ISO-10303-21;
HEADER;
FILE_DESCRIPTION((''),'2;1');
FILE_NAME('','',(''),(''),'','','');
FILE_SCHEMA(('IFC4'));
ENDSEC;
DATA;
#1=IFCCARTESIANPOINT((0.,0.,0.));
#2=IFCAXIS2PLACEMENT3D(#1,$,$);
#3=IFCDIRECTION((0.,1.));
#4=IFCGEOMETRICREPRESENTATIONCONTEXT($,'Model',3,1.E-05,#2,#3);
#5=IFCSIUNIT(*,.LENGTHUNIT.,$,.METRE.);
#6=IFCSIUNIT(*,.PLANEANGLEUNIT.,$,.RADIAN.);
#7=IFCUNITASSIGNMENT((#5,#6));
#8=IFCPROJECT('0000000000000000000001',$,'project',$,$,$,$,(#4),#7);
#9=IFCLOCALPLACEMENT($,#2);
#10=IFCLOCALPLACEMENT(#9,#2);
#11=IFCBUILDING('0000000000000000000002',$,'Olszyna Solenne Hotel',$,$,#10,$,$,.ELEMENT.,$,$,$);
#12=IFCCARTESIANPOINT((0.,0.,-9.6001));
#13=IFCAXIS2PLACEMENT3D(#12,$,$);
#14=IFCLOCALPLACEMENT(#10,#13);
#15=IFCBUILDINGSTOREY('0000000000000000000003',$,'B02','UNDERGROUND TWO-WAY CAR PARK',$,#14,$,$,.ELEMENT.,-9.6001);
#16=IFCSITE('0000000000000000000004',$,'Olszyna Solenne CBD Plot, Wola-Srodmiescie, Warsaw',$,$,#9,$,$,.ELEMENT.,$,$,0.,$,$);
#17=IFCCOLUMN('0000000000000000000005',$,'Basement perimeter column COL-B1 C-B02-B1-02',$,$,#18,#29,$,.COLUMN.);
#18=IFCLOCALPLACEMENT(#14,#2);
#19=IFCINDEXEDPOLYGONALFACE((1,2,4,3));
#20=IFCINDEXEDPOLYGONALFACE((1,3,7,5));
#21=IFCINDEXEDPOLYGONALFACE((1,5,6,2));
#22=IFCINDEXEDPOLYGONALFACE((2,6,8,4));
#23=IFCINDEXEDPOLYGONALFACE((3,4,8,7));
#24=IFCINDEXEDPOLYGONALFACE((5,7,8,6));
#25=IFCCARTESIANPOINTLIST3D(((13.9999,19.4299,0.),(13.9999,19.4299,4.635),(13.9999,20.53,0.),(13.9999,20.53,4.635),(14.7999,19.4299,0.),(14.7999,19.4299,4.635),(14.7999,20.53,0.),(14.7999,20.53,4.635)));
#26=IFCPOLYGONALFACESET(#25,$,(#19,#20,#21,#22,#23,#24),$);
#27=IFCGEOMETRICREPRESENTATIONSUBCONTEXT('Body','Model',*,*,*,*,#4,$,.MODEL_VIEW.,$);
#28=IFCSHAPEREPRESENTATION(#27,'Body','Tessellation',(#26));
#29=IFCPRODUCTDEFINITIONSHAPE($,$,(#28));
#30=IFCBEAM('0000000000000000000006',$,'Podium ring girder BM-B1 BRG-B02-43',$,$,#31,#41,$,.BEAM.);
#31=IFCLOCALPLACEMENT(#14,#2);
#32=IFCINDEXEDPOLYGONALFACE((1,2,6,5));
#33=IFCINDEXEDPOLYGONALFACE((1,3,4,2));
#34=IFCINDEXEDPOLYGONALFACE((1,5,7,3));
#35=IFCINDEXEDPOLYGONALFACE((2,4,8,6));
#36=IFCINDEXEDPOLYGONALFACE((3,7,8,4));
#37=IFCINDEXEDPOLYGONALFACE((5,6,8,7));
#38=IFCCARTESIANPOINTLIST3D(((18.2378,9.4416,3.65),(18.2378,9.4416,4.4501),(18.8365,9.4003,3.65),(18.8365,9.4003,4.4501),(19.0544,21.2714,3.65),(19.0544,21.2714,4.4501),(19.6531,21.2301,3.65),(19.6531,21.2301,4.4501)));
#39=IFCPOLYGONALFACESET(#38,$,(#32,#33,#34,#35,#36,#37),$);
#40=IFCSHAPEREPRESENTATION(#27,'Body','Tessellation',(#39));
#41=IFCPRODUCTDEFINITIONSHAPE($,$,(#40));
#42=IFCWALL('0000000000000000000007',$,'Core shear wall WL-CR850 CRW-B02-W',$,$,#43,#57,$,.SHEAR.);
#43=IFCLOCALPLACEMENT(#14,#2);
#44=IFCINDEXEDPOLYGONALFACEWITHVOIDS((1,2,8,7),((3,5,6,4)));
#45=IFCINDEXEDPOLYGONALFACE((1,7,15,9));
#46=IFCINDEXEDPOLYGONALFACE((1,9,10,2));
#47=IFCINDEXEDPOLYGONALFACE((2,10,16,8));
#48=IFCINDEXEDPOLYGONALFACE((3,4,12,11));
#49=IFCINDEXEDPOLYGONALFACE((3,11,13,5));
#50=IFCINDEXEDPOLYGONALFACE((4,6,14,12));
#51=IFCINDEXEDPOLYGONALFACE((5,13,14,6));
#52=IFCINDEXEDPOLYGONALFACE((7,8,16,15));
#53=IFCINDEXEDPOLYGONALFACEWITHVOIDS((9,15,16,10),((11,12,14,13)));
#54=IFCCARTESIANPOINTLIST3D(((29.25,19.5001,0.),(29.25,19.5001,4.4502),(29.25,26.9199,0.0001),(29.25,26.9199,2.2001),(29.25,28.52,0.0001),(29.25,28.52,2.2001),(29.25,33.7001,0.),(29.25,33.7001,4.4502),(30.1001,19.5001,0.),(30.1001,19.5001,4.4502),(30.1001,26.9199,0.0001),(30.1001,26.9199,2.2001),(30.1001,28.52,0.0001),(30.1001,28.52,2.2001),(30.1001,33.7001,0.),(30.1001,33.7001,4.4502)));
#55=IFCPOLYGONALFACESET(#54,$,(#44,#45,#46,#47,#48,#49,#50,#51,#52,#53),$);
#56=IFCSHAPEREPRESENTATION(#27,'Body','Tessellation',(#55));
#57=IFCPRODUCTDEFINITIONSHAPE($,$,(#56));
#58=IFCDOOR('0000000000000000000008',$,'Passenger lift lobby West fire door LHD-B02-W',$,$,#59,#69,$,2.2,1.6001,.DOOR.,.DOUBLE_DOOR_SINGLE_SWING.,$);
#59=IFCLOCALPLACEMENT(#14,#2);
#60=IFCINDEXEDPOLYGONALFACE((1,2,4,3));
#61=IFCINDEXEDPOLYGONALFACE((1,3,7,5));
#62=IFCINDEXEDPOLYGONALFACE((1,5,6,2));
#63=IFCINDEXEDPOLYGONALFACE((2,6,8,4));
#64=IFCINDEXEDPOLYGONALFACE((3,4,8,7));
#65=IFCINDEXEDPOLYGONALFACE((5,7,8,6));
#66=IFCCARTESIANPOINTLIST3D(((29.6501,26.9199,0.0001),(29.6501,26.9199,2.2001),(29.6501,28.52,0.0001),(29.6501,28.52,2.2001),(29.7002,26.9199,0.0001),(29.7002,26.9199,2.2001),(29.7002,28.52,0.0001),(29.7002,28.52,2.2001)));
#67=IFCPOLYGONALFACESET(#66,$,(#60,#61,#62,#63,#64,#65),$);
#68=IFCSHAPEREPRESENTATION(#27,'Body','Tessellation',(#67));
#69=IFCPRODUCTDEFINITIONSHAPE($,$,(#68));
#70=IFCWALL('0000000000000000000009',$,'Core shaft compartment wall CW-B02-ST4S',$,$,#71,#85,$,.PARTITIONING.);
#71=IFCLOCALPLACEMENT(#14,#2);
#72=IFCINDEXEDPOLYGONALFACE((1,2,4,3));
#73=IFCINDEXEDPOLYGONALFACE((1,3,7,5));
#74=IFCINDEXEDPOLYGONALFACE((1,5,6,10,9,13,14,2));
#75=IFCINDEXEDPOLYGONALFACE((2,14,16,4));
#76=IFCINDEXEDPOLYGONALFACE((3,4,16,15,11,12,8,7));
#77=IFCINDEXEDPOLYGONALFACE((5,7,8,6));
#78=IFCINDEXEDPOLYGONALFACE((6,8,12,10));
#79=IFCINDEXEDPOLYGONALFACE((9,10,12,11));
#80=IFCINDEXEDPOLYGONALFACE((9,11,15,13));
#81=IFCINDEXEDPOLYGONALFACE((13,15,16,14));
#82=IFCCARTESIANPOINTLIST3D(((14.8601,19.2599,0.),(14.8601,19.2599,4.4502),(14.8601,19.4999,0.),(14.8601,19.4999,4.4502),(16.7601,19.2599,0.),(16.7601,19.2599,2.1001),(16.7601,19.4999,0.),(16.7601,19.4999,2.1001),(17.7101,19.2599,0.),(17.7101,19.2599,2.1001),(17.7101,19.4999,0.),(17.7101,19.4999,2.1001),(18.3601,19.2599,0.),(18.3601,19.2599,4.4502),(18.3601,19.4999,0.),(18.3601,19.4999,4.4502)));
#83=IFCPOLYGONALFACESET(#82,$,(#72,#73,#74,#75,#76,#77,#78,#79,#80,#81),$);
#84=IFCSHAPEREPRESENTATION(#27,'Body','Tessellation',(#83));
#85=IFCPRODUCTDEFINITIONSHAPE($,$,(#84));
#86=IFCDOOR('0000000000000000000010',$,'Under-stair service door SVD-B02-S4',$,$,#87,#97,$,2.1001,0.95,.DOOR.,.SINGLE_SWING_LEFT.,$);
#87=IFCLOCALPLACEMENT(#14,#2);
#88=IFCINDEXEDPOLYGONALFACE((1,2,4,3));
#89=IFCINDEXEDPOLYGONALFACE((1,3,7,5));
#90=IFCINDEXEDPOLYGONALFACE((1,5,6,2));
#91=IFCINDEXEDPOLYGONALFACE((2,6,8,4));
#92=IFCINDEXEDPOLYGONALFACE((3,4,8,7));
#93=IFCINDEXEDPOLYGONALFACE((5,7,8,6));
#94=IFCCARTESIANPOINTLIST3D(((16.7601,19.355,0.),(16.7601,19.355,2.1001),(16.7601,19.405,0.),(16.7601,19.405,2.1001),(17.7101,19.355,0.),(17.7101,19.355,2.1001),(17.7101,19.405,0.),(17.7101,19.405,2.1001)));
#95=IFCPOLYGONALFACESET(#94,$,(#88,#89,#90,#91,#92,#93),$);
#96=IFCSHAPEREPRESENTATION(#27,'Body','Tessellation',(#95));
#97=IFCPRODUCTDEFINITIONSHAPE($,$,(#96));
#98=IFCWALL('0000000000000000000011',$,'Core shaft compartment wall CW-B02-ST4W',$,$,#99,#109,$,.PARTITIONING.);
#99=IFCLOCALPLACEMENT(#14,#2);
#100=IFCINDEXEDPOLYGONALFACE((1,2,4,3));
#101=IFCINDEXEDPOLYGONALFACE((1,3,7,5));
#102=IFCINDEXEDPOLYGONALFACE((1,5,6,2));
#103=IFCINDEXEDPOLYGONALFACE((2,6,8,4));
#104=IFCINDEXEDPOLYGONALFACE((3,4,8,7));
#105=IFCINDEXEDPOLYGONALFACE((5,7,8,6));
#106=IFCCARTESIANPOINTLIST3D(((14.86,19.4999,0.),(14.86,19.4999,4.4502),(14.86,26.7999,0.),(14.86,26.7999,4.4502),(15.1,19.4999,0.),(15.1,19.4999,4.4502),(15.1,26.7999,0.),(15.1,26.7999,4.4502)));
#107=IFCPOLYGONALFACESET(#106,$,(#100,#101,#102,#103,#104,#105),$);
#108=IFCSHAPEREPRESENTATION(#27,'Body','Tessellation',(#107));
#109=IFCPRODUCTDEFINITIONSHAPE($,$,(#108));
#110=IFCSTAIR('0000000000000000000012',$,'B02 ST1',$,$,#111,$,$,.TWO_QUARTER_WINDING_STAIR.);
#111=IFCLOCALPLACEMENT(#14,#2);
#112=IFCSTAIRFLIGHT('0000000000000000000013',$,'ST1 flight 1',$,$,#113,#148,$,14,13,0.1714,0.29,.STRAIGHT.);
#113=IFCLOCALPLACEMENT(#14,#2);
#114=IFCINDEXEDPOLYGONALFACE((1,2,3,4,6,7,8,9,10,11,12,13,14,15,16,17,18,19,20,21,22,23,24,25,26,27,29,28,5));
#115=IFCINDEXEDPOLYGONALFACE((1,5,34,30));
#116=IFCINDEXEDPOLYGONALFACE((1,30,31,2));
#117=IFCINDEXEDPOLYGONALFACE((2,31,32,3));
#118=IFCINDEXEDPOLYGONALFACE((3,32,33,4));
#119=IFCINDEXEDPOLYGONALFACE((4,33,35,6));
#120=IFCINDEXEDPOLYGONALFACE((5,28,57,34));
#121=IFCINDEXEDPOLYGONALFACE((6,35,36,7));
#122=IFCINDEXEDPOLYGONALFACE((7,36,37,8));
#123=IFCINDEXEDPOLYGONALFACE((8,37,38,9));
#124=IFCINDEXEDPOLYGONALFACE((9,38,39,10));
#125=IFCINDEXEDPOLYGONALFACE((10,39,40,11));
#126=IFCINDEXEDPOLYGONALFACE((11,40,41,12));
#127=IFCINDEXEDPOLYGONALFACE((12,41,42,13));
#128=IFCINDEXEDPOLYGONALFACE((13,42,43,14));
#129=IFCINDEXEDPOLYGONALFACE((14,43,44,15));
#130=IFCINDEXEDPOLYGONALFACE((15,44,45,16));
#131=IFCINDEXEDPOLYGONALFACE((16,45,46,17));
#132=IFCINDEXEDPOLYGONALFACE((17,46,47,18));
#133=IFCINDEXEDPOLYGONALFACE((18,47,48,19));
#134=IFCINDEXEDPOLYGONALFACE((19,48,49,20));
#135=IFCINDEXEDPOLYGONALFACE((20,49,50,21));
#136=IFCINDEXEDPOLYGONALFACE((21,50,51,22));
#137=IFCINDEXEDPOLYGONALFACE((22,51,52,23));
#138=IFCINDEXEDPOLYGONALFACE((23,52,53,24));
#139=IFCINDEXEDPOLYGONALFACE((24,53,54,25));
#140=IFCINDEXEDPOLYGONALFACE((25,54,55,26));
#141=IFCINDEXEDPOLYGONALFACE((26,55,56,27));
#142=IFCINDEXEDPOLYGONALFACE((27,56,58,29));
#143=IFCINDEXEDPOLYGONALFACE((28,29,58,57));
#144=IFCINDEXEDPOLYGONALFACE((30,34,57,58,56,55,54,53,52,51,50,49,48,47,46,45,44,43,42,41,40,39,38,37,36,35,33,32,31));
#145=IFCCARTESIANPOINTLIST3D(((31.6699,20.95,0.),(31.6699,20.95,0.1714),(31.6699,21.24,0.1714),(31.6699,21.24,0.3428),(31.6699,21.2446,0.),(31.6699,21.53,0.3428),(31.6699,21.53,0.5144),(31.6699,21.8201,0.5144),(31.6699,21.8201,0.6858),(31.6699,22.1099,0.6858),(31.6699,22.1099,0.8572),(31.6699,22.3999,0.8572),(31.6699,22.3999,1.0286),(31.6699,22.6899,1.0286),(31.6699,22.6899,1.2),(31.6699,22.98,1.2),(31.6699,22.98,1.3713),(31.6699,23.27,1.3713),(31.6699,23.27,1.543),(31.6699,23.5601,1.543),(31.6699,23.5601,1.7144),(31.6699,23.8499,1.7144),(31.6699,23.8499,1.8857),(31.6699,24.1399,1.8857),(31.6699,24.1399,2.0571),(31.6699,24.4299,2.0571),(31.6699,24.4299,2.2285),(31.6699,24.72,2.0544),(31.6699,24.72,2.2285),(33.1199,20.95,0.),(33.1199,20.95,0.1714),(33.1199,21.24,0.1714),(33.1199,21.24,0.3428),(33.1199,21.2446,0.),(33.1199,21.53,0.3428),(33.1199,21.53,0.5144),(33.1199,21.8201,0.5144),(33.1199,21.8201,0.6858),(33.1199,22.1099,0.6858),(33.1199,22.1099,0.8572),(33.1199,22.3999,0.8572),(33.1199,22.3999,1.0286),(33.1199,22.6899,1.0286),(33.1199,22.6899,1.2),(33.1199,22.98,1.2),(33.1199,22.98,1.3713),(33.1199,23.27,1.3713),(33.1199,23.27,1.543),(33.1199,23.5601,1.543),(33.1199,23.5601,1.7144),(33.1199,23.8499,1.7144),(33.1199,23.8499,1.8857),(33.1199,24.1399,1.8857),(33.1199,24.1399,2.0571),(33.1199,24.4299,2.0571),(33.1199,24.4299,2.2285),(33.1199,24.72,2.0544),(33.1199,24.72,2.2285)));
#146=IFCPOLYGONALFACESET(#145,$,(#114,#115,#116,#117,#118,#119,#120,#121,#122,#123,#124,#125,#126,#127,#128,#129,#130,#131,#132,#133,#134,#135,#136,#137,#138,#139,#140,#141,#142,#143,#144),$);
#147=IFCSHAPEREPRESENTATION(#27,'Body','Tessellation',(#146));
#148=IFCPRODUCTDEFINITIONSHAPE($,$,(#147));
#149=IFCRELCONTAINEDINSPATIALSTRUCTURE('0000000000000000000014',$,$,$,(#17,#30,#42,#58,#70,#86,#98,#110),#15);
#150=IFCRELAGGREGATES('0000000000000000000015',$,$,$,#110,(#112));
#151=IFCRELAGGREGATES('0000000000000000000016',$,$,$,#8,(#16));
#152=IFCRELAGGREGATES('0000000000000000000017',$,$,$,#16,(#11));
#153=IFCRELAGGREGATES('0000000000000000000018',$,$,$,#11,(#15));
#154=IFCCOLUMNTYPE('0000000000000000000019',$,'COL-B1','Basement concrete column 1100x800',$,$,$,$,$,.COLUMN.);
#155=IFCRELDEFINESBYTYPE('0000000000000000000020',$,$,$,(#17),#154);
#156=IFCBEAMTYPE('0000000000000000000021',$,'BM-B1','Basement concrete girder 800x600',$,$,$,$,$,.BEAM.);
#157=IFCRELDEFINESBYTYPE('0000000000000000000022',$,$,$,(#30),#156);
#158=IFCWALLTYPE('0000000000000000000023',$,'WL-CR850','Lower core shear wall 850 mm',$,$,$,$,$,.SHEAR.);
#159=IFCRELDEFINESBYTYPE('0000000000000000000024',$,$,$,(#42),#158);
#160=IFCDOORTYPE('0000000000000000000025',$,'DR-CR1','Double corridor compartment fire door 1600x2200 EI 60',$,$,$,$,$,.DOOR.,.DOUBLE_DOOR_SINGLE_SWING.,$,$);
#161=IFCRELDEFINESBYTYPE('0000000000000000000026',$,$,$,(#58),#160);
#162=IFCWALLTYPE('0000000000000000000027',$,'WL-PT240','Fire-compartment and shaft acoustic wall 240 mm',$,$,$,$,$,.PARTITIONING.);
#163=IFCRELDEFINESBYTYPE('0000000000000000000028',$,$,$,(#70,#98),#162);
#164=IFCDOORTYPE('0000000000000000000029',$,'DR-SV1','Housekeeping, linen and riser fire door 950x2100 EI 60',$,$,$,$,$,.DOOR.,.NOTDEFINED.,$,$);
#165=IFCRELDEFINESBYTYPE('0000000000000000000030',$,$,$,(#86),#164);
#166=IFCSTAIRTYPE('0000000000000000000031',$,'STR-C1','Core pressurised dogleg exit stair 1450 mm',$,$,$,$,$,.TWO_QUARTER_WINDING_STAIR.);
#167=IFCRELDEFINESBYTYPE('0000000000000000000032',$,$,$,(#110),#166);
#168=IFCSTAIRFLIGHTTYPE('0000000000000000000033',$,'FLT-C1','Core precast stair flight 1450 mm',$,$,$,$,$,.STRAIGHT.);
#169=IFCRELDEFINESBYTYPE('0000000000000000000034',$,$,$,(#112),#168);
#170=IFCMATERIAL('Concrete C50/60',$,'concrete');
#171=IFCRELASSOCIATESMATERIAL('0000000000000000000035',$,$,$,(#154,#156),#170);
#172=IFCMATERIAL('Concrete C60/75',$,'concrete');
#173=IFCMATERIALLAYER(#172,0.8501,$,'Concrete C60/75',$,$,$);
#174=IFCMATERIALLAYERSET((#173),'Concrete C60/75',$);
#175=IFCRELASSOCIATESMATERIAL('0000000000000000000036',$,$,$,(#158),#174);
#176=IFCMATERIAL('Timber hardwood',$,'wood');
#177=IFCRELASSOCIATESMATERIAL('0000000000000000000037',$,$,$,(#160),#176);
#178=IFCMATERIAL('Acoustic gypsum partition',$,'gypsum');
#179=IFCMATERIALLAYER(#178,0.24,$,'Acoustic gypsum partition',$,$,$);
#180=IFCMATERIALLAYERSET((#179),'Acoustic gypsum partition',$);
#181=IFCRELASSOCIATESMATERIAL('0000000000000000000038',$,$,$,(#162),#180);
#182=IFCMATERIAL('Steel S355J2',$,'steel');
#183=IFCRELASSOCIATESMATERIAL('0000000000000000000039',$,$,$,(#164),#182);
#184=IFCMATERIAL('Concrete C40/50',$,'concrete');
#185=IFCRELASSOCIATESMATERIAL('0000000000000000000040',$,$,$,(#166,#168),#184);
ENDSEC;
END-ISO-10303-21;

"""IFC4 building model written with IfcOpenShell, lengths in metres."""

from ifc_helpers import new_model, si_unit, direction, frame, frame_2d, origin, origin_2d, place, context, subcontext, project, spatial, polyline, rectangle, outline, extrude, source, transform, mapped, material, layer, layer_set, material_profile, profile_set, type_object, type_shapes, element, fill, aggregate, save


model = new_model("IFC4")

# Units and contexts
model_context = context("Model", 3, precision=1e-05, world=origin(), true_north=direction((0.0, 1.0)))
body_context = subcontext(model_context, "Body", "Model", "MODEL_VIEW")
ifc_project = project(units=[si_unit("LENGTHUNIT", "METRE"), si_unit("PLANEANGLEUNIT", "RADIAN")], contexts=[model_context])

# Site, building, storey
site_placement = place(None, origin())
site = spatial("IfcSite", under=ifc_project, at=site_placement, Name="Olszyna Solenne CBD Plot, Wola-Srodmiescie, Warsaw", CompositionType="ELEMENT", RefElevation=0.0)
building_placement = place(site_placement, origin())
building = spatial("IfcBuilding", under=site, at=building_placement, Name="Olszyna Solenne Hotel", CompositionType="ELEMENT")
storey_placement = place(building_placement, frame((0.0, 0.0, -9.6001)))
storey = spatial("IfcBuildingStorey", under=building, at=storey_placement, Name="B02", Description="UNDERGROUND TWO-WAY CAR PARK", CompositionType="ELEMENT", Elevation=-9.6001)

# Shared definitions
ifc_material_1 = material(Name="Concrete C40/50", Category="concrete")

# Column
ifc_material_2 = material(Name="Concrete C50/60", Category="concrete")
ifc_material_profile_1 = material_profile(ifc_material_2, rectangle(XDim=0.8, YDim=1.1001, at=origin_2d()), Name="RC 1100x800", Category="load-bearing")
ifc_profile_set_1 = profile_set([ifc_material_profile_1], Name="Concrete C50/60")
column_type_1 = type_object("IfcColumnType", Name="COL-B1", Description="Basement concrete column 1100x800", PredefinedType="COLUMN", material=ifc_profile_set_1)
shared_shape_1 = source(origin(), body_context, "Body", "SweptSolid", [
    extrude(rectangle(XDim=0.8, YDim=1.1001, at=origin_2d()), origin(), (0.0, 0.0, 1.0), 4.635),
])
column_1_placement = place(storey_placement, frame((14.3999, 19.98, 0.0), z_axis=(0.0, 0.0, 1.0), x_axis=(1.0, 0.0, 0.0)))
element("IfcColumn", 1, at=column_1_placement, inside=storey, type_object=column_type_1, Name="Basement perimeter column COL-B1 C-B02-B1-02", PredefinedType="COLUMN", context=body_context, shape_type="MappedRepresentation", body=[
    mapped(shared_shape_1, transform((0.0, 0.0, 0.0), x_axis=(1.0, 0.0, 0.0), y_axis=(0.0, 1.0, 0.0), z_axis=(0.0, 0.0, 1.0), scale=1.0)),
])

# Beam
ifc_material_profile_2 = material_profile(ifc_material_2, rectangle(XDim=0.6001, YDim=0.8, at=origin_2d()), Name="RC 800x600", Category="load-bearing")
ifc_profile_set_2 = profile_set([ifc_material_profile_2], Name="Concrete C50/60")
beam_type = type_object("IfcBeamType", Name="BM-B1", Description="Basement concrete girder 800x600", PredefinedType="BEAM", material=ifc_profile_set_2)
shared_shape_2 = source(origin(), body_context, "Body", "SweptSolid", [
    extrude(rectangle(XDim=0.6001, YDim=0.8, at=origin_2d()), origin(), (0.0, 0.0, 1.0), 11.8579),
])
beam_placement = place(storey_placement, frame((19.3538, 21.2507, 4.05), z_axis=(-0.068869, -0.997626, 0.0), x_axis=(0.997626, -0.068869, 0.0)))
element("IfcBeam", 2, at=beam_placement, inside=storey, type_object=beam_type, Name="Podium ring girder BM-B1 BRG-B02-43", PredefinedType="BEAM", context=body_context, shape_type="MappedRepresentation", body=[
    mapped(shared_shape_2, transform((0.0, 0.0, 0.0), x_axis=(1.0, 0.0, 0.0), y_axis=(0.0, 1.0, 0.0), z_axis=(0.0, 0.0, 1.0), scale=1.0)),
])

# Walls, openings, doors
ifc_material_3 = material(Name="Concrete C60/75", Category="concrete")
ifc_layer_1 = layer(ifc_material_3, 0.8501, Name="Concrete C60/75")
ifc_layer_set_1 = layer_set([ifc_layer_1], Name="Concrete C60/75")
wall_type_1 = type_object("IfcWallType", Name="WL-CR850", Description="Lower core shear wall 850 mm", PredefinedType="SHEAR", material=ifc_layer_set_1)
wall_1_placement = place(storey_placement, frame((29.675, 19.5, 0.0), z_axis=(0.0, 0.0, 1.0), x_axis=(0.0, 1.0, 0.0)))
wall_1 = element("IfcWall", 3, at=wall_1_placement, inside=storey, type_object=wall_type_1, Name="Core shear wall WL-CR850 CRW-B02-W", PredefinedType="SHEAR", context=body_context, shape_type="SweptSolid", body=[
    extrude(rectangle(XDim=14.2, YDim=0.8501, at=frame_2d((7.1001, 0.0))), origin(), (0.0, 0.0, 1.0), 4.4502),
])
opening_1_placement = place(wall_1_placement, frame((7.4199, 0.0, 0.0)))
opening_1 = element("IfcOpeningElement", 4, at=opening_1_placement, cuts=wall_1, PredefinedType="OPENING", context=body_context, shape_type="SweptSolid", body=[
    extrude(rectangle(XDim=1.6001, YDim=2.2, at=frame_2d((0.8, 1.1001))), frame((0.0, 0.4351, 0.0), z_axis=(0.0, -1.0, 0.0), x_axis=(1.0, 0.0, 0.0)), (0.0, 0.0, 1.0), 0.8701),
])
ifc_material_4 = material(Name="Timber hardwood", Category="wood")
door_type_1 = type_object("IfcDoorType", Name="DR-CR1", Description="Double corridor compartment fire door 1600x2200 EI 60", OperationType="DOUBLE_DOOR_SINGLE_SWING", PredefinedType="DOOR", material=ifc_material_4)
shared_shape_3 = source(origin(), body_context, "Body", "SweptSolid", [
    extrude(rectangle(XDim=1.6001, YDim=2.2, at=frame_2d((0.8, 1.1001))), frame((0.0, 0.0249, 0.0), z_axis=(0.0, -1.0, 0.0), x_axis=(1.0, 0.0, 0.0)), (0.0, 0.0, 1.0), 0.05),
])
type_shapes(door_type_1, [shared_shape_3])
door_1_placement = place(opening_1_placement, origin())
door_1 = element("IfcDoor", 5, at=door_1_placement, inside=storey, type_object=door_type_1, Name="Passenger lift lobby West fire door LHD-B02-W", OperationType="DOUBLE_DOOR_SINGLE_SWING", OverallHeight=2.2, OverallWidth=1.6001, PredefinedType="DOOR", context=body_context, shape_type="MappedRepresentation", body=[
    mapped(shared_shape_3, transform((0.0, 0.0, 0.0), x_axis=(1.0, 0.0, 0.0), y_axis=(0.0, 1.0, 0.0), z_axis=(0.0, 0.0, 1.0), scale=1.0)),
])
fill(opening_1, door_1)
ifc_material_5 = material(Name="Acoustic gypsum partition", Category="gypsum")
ifc_layer_2 = layer(ifc_material_5, 0.24, Name="Acoustic gypsum partition")
ifc_layer_set_2 = layer_set([ifc_layer_2], Name="Acoustic gypsum partition")
wall_type_2 = type_object("IfcWallType", Name="WL-PT240", Description="Fire-compartment and shaft acoustic wall 240 mm", PredefinedType="PARTITIONING", material=ifc_layer_set_2)
wall_2_placement = place(storey_placement, frame((18.3601, 19.3799, 0.0), z_axis=(0.0, 0.0, 1.0), x_axis=(-1.0, 0.0, 0.0)))
wall_2 = element("IfcWall", 6, at=wall_2_placement, inside=storey, type_object=wall_type_2, Name="Core shaft compartment wall CW-B02-ST4S", PredefinedType="PARTITIONING", context=body_context, shape_type="SweptSolid", body=[
    extrude(rectangle(XDim=3.5, YDim=0.24, at=frame_2d((1.75, 0.0))), origin(), (0.0, 0.0, 1.0), 4.4502),
])
opening_2_placement = place(wall_2_placement, frame((0.6499, 0.0, 0.0)))
opening_2 = element("IfcOpeningElement", 7, at=opening_2_placement, cuts=wall_2, PredefinedType="OPENING", context=body_context, shape_type="SweptSolid", body=[
    extrude(rectangle(XDim=0.95, YDim=2.1001, at=frame_2d((0.4751, 1.05))), frame((0.0, 0.1299, 0.0), z_axis=(0.0, -1.0, 0.0), x_axis=(1.0, 0.0, 0.0)), (0.0, 0.0, 1.0), 0.26),
])
ifc_material_6 = material(Name="Steel S355J2", Category="steel")
door_type_2 = type_object("IfcDoorType", Name="DR-SV1", Description="Housekeeping, linen and riser fire door 950x2100 EI 60", OperationType="NOTDEFINED", PredefinedType="DOOR", material=ifc_material_6)
shared_shape_4 = source(origin(), body_context, "Body", "SweptSolid", [
    extrude(rectangle(XDim=0.95, YDim=2.1001, at=frame_2d((0.4751, 1.05))), frame((0.0, 0.0249, 0.0), z_axis=(0.0, -1.0, 0.0), x_axis=(1.0, 0.0, 0.0)), (0.0, 0.0, 1.0), 0.05),
])
type_shapes(door_type_2, [shared_shape_4])
door_2_placement = place(opening_2_placement, origin())
door_2 = element("IfcDoor", 8, at=door_2_placement, inside=storey, type_object=door_type_2, Name="Under-stair service door SVD-B02-S4", OperationType="SINGLE_SWING_LEFT", OverallHeight=2.1001, OverallWidth=0.95, PredefinedType="DOOR", context=body_context, shape_type="MappedRepresentation", body=[
    mapped(shared_shape_4, transform((0.0, 0.0, 0.0), x_axis=(1.0, 0.0, 0.0), y_axis=(0.0, 1.0, 0.0), z_axis=(0.0, 0.0, 1.0), scale=1.0)),
])
fill(opening_2, door_2)

# Wall
wall_3_placement = place(storey_placement, frame((14.98, 19.5, 0.0), z_axis=(0.0, 0.0, 1.0), x_axis=(0.0, 1.0, 0.0)))
element("IfcWall", 9, at=wall_3_placement, inside=storey, type_object=wall_type_2, Name="Core shaft compartment wall CW-B02-ST4W", PredefinedType="PARTITIONING", context=body_context, shape_type="SweptSolid", body=[
    extrude(rectangle(XDim=7.3, YDim=0.24, at=frame_2d((3.6499, 0.0))), origin(), (0.0, 0.0, 1.0), 4.4502),
])

# Stair, stair flight
stair_type = type_object("IfcStairType", Name="STR-C1", Description="Core pressurised dogleg exit stair 1450 mm", PredefinedType="TWO_QUARTER_WINDING_STAIR", material=ifc_material_1)
stair_placement = place(storey_placement, origin())
stair = element("IfcStair", 10, at=stair_placement, inside=storey, type_object=stair_type, Name="B02 ST1", PredefinedType="TWO_QUARTER_WINDING_STAIR")
stair_flight_type = type_object("IfcStairFlightType", Name="FLT-C1", Description="Core precast stair flight 1450 mm", PredefinedType="STRAIGHT", material=ifc_material_1)
stair_flight_placement = place(storey_placement, frame((32.395, 20.95, 0.0), z_axis=(0.0, 0.0, 1.0), x_axis=(0.0, 1.0, 0.0)))
stair_flight = element("IfcStairFlight", 11, at=stair_flight_placement, type_object=stair_flight_type, Name="ST1 flight 1", NumberOfRisers=14, NumberOfTreads=13, PredefinedType="STRAIGHT", RiserHeight=0.1714, TreadLength=0.29, context=body_context, shape_type="SweptSolid", body=[
    extrude(outline(polyline([(0.0, 0.0), (0.0, 0.1714), (0.29, 0.1714), (0.29, 0.3428), (0.5801, 0.3428), (0.5801, 0.5144), (0.8701, 0.5144), (0.8701, 0.6858), (1.1599, 0.6858), (1.1599, 0.8572), (1.45, 0.8572), (1.45, 1.0286), (1.74, 1.0286), (1.74, 1.2), (2.03, 1.2), (2.03, 1.3713), (2.3201, 1.3713), (2.3201, 1.543), (2.6101, 1.543), (2.6101, 1.7144), (2.8999, 1.7144), (2.8999, 1.8857), (3.1899, 1.8857), (3.1899, 2.0571), (3.48, 2.0571), (3.48, 2.2285), (3.77, 2.2285), (3.77, 2.3999), (3.77, 2.0544), (0.2947, 0.0), (0.0, 0.0)])), frame((0.0, 0.7251, 0.0), z_axis=(0.0, -1.0, 0.0), x_axis=(1.0, 0.0, 0.0)), (0.0, 0.0, 1.0), 1.45),
])
aggregate(stair, [stair_flight])

save(model, "model.ifc")
